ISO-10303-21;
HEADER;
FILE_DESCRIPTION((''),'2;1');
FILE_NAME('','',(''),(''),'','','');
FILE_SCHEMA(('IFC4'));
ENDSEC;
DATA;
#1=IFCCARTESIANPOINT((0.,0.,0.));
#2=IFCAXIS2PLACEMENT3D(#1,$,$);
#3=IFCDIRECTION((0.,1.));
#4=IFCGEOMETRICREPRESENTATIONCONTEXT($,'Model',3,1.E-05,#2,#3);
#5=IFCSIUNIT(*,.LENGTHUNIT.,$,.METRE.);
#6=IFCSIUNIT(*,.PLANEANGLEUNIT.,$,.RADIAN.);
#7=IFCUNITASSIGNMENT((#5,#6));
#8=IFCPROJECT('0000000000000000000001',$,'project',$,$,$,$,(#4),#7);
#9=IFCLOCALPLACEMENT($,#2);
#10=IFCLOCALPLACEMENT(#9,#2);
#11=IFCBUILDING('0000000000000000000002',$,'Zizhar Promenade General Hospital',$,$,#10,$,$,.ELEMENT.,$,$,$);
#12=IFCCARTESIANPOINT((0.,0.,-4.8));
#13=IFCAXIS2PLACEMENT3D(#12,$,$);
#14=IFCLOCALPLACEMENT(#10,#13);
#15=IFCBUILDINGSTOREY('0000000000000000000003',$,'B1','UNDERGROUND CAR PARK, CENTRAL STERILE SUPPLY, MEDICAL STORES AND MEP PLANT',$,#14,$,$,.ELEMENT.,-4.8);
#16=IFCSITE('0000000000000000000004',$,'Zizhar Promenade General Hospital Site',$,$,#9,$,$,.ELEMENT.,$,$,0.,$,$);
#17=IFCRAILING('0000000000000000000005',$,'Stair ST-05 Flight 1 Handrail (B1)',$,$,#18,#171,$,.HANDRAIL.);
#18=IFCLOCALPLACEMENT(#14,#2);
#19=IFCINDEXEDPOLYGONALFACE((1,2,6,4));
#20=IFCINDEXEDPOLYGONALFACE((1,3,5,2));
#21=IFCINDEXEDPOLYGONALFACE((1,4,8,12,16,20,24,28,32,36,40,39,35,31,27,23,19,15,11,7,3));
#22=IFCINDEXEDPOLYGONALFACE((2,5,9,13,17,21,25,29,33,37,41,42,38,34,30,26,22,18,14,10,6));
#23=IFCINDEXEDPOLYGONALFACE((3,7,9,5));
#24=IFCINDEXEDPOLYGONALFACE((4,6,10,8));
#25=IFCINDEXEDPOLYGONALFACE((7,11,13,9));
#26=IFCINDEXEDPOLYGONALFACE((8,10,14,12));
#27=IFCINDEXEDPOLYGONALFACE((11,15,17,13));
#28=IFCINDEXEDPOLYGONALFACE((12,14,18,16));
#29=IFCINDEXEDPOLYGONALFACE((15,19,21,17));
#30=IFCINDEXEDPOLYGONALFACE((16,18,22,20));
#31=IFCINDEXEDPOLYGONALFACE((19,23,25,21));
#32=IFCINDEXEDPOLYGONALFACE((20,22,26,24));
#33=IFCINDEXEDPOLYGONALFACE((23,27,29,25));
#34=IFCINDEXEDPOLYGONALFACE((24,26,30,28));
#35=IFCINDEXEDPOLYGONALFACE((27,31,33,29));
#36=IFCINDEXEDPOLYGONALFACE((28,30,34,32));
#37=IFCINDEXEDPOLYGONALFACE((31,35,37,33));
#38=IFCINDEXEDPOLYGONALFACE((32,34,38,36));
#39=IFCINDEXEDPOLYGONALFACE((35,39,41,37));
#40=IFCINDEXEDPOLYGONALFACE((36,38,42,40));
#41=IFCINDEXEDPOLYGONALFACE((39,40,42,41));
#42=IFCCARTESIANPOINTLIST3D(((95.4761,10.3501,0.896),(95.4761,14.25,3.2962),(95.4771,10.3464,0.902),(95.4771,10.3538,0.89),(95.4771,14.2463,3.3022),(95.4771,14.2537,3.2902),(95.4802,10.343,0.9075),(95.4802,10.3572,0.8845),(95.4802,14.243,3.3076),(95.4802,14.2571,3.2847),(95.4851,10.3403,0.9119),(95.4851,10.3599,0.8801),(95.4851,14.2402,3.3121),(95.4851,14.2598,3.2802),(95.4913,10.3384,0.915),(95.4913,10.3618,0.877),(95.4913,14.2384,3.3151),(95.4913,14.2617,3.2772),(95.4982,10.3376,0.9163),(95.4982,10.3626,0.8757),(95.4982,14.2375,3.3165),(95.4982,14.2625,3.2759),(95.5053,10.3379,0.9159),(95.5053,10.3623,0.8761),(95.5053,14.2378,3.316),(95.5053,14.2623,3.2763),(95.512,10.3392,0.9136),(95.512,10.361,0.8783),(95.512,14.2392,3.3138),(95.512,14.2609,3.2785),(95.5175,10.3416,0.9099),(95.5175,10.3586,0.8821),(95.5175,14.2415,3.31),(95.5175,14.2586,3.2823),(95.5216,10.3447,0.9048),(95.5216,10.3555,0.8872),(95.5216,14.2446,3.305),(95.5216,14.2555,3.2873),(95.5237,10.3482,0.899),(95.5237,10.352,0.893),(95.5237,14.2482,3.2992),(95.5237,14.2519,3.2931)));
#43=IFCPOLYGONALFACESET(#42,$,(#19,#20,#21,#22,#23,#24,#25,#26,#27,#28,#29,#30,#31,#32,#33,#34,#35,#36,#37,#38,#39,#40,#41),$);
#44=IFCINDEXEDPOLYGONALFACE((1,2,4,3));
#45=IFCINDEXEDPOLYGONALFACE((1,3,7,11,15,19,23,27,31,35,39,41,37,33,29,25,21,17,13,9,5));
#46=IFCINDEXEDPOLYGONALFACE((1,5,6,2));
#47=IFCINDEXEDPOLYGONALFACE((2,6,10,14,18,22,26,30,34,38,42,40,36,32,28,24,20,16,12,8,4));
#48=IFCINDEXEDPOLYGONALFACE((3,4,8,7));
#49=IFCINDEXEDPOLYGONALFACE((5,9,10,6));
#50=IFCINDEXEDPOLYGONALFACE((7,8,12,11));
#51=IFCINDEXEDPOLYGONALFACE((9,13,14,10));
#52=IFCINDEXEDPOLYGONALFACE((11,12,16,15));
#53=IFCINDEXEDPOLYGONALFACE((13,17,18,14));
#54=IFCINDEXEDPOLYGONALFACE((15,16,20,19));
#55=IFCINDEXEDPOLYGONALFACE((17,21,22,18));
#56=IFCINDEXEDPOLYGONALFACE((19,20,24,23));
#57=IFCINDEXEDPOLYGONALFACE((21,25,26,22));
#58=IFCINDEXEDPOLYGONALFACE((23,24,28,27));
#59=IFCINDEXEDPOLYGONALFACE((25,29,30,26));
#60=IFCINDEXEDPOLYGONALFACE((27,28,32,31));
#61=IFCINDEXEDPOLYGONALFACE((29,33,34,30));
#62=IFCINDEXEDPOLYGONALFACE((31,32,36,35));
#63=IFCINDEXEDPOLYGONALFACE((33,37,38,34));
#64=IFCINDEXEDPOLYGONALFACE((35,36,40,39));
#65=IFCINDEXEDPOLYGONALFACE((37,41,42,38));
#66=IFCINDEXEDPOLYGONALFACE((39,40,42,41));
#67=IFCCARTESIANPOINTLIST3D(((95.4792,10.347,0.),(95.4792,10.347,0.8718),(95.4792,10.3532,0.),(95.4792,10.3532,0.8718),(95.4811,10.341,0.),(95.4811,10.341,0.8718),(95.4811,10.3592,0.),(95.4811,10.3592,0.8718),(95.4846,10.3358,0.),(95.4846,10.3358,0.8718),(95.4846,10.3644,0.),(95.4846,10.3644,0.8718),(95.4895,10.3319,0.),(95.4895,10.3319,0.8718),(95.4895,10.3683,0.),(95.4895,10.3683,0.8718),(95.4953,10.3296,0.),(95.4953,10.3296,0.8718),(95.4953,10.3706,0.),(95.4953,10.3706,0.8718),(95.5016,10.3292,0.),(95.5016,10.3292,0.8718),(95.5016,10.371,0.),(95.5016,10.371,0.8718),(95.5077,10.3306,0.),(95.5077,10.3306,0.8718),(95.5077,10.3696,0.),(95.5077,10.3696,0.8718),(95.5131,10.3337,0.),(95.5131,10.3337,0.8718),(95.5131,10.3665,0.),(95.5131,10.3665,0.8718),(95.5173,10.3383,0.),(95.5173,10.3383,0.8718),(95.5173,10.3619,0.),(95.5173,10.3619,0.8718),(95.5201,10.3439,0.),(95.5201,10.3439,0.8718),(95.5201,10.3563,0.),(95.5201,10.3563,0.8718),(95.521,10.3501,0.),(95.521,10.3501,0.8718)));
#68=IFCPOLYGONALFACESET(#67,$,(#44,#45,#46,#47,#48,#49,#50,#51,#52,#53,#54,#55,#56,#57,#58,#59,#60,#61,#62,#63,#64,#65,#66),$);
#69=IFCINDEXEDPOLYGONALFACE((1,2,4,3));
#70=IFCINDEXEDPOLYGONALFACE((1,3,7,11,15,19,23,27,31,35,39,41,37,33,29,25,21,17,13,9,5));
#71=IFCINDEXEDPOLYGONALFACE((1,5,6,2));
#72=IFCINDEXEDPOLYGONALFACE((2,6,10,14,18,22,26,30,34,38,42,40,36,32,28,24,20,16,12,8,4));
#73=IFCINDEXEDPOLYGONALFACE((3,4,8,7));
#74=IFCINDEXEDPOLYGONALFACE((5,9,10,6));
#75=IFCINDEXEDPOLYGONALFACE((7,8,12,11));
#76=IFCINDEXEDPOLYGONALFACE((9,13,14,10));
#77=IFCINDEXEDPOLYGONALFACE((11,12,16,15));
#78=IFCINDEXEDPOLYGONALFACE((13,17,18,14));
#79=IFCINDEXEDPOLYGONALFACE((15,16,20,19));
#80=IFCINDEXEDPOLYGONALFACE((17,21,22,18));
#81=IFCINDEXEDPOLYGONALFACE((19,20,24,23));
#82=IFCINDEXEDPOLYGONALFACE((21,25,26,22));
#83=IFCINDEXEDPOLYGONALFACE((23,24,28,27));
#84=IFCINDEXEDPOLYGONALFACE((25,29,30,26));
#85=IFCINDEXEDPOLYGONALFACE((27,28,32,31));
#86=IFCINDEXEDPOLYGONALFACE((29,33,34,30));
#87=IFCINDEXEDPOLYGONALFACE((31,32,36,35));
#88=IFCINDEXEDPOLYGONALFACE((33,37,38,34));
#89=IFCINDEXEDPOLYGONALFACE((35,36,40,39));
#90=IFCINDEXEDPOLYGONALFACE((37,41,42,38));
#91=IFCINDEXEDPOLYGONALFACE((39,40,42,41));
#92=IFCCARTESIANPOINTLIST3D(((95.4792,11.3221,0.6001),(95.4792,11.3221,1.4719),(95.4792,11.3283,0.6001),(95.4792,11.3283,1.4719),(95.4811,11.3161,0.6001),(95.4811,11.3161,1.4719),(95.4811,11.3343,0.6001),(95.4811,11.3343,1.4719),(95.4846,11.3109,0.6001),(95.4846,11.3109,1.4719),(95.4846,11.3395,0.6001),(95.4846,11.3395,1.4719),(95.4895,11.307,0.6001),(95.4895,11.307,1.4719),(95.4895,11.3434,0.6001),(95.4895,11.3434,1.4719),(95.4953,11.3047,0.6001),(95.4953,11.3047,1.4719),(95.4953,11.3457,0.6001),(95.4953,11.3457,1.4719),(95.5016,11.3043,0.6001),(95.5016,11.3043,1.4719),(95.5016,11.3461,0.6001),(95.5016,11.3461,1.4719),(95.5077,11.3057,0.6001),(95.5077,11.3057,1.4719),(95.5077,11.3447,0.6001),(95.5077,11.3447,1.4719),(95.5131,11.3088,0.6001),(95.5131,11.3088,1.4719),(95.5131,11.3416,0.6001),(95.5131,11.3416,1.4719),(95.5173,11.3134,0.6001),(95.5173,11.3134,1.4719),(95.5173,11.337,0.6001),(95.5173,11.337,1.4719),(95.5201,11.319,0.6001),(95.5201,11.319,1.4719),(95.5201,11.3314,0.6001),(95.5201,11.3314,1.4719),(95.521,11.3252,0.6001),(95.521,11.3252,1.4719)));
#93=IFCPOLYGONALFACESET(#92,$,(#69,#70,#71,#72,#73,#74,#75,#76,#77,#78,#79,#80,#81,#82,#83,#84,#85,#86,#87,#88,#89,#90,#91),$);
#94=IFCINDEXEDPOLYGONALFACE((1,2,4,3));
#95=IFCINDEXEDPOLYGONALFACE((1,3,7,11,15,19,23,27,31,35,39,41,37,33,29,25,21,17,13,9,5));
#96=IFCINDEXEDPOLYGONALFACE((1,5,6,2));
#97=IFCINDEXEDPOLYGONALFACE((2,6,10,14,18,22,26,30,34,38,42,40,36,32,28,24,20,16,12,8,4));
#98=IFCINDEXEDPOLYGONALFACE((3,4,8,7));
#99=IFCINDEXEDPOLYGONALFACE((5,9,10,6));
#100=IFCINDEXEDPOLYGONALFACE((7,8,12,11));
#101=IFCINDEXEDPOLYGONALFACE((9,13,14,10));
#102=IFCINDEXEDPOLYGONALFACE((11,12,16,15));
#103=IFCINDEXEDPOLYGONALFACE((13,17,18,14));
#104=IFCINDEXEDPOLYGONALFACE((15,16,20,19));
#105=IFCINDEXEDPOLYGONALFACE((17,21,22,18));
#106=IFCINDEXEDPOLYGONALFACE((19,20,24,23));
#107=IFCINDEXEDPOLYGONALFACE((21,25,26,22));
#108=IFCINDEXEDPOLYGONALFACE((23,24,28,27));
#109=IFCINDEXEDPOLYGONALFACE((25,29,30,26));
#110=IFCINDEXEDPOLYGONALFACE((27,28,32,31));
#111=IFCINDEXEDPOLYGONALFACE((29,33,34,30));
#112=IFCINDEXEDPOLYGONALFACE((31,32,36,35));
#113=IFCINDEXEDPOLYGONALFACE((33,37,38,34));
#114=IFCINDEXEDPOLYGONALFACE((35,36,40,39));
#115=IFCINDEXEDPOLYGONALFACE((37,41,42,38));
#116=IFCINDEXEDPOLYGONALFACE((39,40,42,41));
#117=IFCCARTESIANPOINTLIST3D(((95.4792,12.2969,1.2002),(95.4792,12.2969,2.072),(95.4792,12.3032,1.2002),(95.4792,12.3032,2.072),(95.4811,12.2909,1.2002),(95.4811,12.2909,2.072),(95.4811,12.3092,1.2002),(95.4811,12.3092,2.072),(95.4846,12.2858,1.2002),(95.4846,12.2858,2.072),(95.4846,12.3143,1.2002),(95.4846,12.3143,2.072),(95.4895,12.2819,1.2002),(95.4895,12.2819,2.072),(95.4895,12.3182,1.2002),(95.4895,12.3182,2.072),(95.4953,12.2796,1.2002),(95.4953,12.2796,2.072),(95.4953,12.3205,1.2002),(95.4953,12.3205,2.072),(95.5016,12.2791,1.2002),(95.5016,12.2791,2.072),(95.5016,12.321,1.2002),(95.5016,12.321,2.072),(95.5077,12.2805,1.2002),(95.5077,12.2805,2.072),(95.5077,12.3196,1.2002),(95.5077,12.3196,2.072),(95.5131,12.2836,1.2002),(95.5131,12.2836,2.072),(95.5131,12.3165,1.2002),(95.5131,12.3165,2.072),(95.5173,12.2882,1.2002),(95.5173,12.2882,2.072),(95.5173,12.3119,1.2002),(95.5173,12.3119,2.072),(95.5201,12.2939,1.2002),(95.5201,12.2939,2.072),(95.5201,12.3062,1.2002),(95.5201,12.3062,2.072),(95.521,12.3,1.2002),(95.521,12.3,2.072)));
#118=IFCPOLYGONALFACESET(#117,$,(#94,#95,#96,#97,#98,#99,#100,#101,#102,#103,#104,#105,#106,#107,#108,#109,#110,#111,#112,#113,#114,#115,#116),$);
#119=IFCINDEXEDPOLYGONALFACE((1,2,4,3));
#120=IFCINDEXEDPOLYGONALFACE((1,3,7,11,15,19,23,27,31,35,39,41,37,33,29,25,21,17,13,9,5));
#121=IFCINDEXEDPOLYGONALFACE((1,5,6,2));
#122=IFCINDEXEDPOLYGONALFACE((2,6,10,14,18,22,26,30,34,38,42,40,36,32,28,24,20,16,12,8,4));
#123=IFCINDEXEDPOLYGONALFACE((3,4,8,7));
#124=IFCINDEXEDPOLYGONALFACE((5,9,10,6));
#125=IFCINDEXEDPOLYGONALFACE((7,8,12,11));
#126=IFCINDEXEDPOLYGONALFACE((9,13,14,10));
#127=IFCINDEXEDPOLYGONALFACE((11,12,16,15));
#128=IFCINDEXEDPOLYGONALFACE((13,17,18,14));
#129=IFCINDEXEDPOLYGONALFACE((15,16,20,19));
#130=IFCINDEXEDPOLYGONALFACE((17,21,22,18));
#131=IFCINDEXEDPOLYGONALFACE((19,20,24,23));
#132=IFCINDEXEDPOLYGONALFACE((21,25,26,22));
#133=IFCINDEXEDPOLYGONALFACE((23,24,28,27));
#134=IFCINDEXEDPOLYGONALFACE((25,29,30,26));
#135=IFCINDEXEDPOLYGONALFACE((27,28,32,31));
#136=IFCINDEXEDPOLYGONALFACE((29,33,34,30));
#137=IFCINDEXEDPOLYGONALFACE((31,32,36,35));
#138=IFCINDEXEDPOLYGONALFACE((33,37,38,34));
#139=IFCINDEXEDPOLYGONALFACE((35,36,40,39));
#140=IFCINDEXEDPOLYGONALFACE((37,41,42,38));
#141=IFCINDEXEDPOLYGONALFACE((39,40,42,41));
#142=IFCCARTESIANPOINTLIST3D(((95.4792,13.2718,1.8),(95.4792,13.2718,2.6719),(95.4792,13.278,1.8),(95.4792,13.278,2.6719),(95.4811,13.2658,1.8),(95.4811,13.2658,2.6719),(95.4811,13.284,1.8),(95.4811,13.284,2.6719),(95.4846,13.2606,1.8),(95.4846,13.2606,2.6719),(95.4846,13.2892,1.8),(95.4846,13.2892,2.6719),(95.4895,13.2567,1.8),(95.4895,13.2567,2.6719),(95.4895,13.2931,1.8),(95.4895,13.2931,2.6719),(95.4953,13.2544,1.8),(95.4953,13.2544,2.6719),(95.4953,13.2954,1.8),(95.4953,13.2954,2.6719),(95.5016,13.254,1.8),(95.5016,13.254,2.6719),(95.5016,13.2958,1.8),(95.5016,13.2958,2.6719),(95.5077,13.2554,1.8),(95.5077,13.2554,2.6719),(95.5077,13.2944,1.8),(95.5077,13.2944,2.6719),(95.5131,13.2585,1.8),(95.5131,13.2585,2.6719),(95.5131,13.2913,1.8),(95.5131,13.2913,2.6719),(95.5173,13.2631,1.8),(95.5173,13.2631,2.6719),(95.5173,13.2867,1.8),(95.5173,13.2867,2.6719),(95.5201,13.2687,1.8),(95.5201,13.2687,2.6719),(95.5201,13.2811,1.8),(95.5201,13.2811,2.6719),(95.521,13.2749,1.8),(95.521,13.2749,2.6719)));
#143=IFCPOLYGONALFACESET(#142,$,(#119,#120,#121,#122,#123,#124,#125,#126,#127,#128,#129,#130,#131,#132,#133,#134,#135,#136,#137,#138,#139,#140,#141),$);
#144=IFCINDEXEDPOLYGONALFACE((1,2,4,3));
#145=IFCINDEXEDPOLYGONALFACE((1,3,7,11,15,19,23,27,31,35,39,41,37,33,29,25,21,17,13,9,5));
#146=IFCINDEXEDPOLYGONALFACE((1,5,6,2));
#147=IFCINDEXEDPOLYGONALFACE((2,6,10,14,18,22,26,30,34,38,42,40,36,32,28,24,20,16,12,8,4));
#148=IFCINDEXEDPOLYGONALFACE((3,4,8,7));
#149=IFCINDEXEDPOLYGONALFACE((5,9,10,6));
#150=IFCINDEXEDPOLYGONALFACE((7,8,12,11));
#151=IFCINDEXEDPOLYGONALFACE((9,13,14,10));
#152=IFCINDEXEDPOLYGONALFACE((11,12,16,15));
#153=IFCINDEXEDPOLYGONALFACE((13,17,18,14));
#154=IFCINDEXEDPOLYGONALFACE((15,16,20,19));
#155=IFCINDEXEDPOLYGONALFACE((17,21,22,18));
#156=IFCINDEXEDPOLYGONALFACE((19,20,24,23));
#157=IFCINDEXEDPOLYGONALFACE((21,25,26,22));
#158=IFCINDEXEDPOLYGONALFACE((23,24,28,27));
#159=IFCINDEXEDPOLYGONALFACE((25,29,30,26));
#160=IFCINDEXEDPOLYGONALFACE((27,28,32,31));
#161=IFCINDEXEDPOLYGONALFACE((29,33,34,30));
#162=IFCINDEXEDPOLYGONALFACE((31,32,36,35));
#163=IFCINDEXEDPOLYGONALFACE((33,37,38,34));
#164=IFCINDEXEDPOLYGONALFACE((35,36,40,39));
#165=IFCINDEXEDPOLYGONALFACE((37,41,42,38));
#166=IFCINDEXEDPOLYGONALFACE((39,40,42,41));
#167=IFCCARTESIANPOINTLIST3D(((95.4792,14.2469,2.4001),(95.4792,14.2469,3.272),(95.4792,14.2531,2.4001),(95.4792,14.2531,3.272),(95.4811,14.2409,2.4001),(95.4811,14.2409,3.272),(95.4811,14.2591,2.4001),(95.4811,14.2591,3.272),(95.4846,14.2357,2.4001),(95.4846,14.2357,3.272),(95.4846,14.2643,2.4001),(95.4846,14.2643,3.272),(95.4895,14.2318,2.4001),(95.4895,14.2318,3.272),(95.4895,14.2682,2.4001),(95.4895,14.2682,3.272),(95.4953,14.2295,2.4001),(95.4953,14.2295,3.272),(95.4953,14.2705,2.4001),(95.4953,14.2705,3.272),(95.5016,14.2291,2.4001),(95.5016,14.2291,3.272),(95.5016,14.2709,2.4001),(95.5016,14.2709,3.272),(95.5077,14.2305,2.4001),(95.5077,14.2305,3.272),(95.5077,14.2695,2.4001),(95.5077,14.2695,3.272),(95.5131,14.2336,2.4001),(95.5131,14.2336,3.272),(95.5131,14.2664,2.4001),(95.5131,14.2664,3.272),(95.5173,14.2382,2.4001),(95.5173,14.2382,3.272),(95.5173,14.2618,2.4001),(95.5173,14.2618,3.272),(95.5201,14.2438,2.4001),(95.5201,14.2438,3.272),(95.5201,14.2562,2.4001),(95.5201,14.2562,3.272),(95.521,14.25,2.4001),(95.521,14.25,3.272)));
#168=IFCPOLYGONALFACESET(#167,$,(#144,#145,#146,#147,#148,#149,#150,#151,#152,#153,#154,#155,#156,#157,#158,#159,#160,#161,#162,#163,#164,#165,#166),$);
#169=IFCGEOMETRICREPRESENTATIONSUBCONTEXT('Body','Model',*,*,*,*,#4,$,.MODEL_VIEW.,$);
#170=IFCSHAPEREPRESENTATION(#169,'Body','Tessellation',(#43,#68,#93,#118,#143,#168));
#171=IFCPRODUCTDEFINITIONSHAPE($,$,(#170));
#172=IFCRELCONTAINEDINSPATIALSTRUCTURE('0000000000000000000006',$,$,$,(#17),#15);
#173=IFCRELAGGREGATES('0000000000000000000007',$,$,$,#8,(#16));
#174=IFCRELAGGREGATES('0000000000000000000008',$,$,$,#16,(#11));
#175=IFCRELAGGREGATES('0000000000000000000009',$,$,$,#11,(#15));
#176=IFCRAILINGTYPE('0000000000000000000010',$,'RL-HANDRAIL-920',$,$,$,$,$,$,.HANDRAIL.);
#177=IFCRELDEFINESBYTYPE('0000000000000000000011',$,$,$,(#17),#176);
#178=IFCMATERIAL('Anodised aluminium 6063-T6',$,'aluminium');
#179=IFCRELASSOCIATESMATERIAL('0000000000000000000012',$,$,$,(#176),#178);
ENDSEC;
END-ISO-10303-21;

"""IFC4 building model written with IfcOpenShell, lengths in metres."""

from ifc_helpers import new_model, si_unit, direction, frame, origin, origin_2d, place, context, subcontext, project, spatial, circle, hollow_circle, extrude, material, material_profile, profile_set, type_object, element, save


model = new_model("IFC4")

# Units and contexts
model_context = context("Model", 3, precision=1e-05, world=origin(), true_north=direction((0.0, 1.0)))
body_context = subcontext(model_context, "Body", "Model", "MODEL_VIEW")
ifc_project = project(units=[si_unit("LENGTHUNIT", "METRE"), si_unit("PLANEANGLEUNIT", "RADIAN")], contexts=[model_context])

# Site, building, storey
site_placement = place(None, origin())
site = spatial("IfcSite", under=ifc_project, at=site_placement, Name="Zizhar Promenade General Hospital Site", CompositionType="ELEMENT", RefElevation=0.0)
building_placement = place(site_placement, origin())
building = spatial("IfcBuilding", under=site, at=building_placement, Name="Zizhar Promenade General Hospital", CompositionType="ELEMENT")
storey_placement = place(building_placement, frame((0.0, 0.0, -4.8)))
storey = spatial("IfcBuildingStorey", under=building, at=storey_placement, Name="B1", Description="UNDERGROUND CAR PARK, CENTRAL STERILE SUPPLY, MEDICAL STORES AND MEP PLANT", CompositionType="ELEMENT", Elevation=-4.8)

# Railing
ifc_material_1 = material(Name="Anodised aluminium 6063-T6", Category="aluminium")
ifc_material_profile_1 = material_profile(ifc_material_1, hollow_circle(Radius=0.0698, WallThickness=0.0063, at=origin_2d()))
ifc_profile_set_1 = profile_set([ifc_material_profile_1], Name="Anodised aluminium 6063-T6")
railing_type_1 = type_object("IfcRailingType", Name="RL-HANDRAIL-920", PredefinedType="HANDRAIL", material=ifc_profile_set_1)
railing_1_placement = place(storey_placement, frame((95.5, 10.3501, 0.0)))
element("IfcRailing", 1, at=railing_1_placement, inside=storey, type_object=railing_type_1, Name="Stair ST-05 Flight 1 Handrail (B1)", PredefinedType="HANDRAIL", context=body_context, shape_type="SweptSolid", body=[
    extrude(circle(Radius=0.0239, at=origin_2d()), frame((0.0, 0.0, 0.896), z_axis=(0.0, 0.851638, 0.52413), x_axis=(-1.0, 0.0, 0.0)), (0.0, 0.0, 1.0), 4.5793),
    extrude(circle(Radius=0.021, at=origin_2d()), origin(), (0.0, 0.0, 1.0), 0.8718),
    extrude(circle(Radius=0.021, at=origin_2d()), frame((0.0, 0.9751, 0.6001)), (0.0, 0.0, 1.0), 0.8718),
    extrude(circle(Radius=0.021, at=origin_2d()), frame((0.0, 1.95, 1.2002)), (0.0, 0.0, 1.0), 0.8718),
    extrude(circle(Radius=0.021, at=origin_2d()), frame((0.0, 2.9248, 1.8)), (0.0, 0.0, 1.0), 0.8718),
    extrude(circle(Radius=0.021, at=origin_2d()), frame((0.0, 3.8999, 2.4001)), (0.0, 0.0, 1.0), 0.8718),
])

save(model, "model.ifc")
